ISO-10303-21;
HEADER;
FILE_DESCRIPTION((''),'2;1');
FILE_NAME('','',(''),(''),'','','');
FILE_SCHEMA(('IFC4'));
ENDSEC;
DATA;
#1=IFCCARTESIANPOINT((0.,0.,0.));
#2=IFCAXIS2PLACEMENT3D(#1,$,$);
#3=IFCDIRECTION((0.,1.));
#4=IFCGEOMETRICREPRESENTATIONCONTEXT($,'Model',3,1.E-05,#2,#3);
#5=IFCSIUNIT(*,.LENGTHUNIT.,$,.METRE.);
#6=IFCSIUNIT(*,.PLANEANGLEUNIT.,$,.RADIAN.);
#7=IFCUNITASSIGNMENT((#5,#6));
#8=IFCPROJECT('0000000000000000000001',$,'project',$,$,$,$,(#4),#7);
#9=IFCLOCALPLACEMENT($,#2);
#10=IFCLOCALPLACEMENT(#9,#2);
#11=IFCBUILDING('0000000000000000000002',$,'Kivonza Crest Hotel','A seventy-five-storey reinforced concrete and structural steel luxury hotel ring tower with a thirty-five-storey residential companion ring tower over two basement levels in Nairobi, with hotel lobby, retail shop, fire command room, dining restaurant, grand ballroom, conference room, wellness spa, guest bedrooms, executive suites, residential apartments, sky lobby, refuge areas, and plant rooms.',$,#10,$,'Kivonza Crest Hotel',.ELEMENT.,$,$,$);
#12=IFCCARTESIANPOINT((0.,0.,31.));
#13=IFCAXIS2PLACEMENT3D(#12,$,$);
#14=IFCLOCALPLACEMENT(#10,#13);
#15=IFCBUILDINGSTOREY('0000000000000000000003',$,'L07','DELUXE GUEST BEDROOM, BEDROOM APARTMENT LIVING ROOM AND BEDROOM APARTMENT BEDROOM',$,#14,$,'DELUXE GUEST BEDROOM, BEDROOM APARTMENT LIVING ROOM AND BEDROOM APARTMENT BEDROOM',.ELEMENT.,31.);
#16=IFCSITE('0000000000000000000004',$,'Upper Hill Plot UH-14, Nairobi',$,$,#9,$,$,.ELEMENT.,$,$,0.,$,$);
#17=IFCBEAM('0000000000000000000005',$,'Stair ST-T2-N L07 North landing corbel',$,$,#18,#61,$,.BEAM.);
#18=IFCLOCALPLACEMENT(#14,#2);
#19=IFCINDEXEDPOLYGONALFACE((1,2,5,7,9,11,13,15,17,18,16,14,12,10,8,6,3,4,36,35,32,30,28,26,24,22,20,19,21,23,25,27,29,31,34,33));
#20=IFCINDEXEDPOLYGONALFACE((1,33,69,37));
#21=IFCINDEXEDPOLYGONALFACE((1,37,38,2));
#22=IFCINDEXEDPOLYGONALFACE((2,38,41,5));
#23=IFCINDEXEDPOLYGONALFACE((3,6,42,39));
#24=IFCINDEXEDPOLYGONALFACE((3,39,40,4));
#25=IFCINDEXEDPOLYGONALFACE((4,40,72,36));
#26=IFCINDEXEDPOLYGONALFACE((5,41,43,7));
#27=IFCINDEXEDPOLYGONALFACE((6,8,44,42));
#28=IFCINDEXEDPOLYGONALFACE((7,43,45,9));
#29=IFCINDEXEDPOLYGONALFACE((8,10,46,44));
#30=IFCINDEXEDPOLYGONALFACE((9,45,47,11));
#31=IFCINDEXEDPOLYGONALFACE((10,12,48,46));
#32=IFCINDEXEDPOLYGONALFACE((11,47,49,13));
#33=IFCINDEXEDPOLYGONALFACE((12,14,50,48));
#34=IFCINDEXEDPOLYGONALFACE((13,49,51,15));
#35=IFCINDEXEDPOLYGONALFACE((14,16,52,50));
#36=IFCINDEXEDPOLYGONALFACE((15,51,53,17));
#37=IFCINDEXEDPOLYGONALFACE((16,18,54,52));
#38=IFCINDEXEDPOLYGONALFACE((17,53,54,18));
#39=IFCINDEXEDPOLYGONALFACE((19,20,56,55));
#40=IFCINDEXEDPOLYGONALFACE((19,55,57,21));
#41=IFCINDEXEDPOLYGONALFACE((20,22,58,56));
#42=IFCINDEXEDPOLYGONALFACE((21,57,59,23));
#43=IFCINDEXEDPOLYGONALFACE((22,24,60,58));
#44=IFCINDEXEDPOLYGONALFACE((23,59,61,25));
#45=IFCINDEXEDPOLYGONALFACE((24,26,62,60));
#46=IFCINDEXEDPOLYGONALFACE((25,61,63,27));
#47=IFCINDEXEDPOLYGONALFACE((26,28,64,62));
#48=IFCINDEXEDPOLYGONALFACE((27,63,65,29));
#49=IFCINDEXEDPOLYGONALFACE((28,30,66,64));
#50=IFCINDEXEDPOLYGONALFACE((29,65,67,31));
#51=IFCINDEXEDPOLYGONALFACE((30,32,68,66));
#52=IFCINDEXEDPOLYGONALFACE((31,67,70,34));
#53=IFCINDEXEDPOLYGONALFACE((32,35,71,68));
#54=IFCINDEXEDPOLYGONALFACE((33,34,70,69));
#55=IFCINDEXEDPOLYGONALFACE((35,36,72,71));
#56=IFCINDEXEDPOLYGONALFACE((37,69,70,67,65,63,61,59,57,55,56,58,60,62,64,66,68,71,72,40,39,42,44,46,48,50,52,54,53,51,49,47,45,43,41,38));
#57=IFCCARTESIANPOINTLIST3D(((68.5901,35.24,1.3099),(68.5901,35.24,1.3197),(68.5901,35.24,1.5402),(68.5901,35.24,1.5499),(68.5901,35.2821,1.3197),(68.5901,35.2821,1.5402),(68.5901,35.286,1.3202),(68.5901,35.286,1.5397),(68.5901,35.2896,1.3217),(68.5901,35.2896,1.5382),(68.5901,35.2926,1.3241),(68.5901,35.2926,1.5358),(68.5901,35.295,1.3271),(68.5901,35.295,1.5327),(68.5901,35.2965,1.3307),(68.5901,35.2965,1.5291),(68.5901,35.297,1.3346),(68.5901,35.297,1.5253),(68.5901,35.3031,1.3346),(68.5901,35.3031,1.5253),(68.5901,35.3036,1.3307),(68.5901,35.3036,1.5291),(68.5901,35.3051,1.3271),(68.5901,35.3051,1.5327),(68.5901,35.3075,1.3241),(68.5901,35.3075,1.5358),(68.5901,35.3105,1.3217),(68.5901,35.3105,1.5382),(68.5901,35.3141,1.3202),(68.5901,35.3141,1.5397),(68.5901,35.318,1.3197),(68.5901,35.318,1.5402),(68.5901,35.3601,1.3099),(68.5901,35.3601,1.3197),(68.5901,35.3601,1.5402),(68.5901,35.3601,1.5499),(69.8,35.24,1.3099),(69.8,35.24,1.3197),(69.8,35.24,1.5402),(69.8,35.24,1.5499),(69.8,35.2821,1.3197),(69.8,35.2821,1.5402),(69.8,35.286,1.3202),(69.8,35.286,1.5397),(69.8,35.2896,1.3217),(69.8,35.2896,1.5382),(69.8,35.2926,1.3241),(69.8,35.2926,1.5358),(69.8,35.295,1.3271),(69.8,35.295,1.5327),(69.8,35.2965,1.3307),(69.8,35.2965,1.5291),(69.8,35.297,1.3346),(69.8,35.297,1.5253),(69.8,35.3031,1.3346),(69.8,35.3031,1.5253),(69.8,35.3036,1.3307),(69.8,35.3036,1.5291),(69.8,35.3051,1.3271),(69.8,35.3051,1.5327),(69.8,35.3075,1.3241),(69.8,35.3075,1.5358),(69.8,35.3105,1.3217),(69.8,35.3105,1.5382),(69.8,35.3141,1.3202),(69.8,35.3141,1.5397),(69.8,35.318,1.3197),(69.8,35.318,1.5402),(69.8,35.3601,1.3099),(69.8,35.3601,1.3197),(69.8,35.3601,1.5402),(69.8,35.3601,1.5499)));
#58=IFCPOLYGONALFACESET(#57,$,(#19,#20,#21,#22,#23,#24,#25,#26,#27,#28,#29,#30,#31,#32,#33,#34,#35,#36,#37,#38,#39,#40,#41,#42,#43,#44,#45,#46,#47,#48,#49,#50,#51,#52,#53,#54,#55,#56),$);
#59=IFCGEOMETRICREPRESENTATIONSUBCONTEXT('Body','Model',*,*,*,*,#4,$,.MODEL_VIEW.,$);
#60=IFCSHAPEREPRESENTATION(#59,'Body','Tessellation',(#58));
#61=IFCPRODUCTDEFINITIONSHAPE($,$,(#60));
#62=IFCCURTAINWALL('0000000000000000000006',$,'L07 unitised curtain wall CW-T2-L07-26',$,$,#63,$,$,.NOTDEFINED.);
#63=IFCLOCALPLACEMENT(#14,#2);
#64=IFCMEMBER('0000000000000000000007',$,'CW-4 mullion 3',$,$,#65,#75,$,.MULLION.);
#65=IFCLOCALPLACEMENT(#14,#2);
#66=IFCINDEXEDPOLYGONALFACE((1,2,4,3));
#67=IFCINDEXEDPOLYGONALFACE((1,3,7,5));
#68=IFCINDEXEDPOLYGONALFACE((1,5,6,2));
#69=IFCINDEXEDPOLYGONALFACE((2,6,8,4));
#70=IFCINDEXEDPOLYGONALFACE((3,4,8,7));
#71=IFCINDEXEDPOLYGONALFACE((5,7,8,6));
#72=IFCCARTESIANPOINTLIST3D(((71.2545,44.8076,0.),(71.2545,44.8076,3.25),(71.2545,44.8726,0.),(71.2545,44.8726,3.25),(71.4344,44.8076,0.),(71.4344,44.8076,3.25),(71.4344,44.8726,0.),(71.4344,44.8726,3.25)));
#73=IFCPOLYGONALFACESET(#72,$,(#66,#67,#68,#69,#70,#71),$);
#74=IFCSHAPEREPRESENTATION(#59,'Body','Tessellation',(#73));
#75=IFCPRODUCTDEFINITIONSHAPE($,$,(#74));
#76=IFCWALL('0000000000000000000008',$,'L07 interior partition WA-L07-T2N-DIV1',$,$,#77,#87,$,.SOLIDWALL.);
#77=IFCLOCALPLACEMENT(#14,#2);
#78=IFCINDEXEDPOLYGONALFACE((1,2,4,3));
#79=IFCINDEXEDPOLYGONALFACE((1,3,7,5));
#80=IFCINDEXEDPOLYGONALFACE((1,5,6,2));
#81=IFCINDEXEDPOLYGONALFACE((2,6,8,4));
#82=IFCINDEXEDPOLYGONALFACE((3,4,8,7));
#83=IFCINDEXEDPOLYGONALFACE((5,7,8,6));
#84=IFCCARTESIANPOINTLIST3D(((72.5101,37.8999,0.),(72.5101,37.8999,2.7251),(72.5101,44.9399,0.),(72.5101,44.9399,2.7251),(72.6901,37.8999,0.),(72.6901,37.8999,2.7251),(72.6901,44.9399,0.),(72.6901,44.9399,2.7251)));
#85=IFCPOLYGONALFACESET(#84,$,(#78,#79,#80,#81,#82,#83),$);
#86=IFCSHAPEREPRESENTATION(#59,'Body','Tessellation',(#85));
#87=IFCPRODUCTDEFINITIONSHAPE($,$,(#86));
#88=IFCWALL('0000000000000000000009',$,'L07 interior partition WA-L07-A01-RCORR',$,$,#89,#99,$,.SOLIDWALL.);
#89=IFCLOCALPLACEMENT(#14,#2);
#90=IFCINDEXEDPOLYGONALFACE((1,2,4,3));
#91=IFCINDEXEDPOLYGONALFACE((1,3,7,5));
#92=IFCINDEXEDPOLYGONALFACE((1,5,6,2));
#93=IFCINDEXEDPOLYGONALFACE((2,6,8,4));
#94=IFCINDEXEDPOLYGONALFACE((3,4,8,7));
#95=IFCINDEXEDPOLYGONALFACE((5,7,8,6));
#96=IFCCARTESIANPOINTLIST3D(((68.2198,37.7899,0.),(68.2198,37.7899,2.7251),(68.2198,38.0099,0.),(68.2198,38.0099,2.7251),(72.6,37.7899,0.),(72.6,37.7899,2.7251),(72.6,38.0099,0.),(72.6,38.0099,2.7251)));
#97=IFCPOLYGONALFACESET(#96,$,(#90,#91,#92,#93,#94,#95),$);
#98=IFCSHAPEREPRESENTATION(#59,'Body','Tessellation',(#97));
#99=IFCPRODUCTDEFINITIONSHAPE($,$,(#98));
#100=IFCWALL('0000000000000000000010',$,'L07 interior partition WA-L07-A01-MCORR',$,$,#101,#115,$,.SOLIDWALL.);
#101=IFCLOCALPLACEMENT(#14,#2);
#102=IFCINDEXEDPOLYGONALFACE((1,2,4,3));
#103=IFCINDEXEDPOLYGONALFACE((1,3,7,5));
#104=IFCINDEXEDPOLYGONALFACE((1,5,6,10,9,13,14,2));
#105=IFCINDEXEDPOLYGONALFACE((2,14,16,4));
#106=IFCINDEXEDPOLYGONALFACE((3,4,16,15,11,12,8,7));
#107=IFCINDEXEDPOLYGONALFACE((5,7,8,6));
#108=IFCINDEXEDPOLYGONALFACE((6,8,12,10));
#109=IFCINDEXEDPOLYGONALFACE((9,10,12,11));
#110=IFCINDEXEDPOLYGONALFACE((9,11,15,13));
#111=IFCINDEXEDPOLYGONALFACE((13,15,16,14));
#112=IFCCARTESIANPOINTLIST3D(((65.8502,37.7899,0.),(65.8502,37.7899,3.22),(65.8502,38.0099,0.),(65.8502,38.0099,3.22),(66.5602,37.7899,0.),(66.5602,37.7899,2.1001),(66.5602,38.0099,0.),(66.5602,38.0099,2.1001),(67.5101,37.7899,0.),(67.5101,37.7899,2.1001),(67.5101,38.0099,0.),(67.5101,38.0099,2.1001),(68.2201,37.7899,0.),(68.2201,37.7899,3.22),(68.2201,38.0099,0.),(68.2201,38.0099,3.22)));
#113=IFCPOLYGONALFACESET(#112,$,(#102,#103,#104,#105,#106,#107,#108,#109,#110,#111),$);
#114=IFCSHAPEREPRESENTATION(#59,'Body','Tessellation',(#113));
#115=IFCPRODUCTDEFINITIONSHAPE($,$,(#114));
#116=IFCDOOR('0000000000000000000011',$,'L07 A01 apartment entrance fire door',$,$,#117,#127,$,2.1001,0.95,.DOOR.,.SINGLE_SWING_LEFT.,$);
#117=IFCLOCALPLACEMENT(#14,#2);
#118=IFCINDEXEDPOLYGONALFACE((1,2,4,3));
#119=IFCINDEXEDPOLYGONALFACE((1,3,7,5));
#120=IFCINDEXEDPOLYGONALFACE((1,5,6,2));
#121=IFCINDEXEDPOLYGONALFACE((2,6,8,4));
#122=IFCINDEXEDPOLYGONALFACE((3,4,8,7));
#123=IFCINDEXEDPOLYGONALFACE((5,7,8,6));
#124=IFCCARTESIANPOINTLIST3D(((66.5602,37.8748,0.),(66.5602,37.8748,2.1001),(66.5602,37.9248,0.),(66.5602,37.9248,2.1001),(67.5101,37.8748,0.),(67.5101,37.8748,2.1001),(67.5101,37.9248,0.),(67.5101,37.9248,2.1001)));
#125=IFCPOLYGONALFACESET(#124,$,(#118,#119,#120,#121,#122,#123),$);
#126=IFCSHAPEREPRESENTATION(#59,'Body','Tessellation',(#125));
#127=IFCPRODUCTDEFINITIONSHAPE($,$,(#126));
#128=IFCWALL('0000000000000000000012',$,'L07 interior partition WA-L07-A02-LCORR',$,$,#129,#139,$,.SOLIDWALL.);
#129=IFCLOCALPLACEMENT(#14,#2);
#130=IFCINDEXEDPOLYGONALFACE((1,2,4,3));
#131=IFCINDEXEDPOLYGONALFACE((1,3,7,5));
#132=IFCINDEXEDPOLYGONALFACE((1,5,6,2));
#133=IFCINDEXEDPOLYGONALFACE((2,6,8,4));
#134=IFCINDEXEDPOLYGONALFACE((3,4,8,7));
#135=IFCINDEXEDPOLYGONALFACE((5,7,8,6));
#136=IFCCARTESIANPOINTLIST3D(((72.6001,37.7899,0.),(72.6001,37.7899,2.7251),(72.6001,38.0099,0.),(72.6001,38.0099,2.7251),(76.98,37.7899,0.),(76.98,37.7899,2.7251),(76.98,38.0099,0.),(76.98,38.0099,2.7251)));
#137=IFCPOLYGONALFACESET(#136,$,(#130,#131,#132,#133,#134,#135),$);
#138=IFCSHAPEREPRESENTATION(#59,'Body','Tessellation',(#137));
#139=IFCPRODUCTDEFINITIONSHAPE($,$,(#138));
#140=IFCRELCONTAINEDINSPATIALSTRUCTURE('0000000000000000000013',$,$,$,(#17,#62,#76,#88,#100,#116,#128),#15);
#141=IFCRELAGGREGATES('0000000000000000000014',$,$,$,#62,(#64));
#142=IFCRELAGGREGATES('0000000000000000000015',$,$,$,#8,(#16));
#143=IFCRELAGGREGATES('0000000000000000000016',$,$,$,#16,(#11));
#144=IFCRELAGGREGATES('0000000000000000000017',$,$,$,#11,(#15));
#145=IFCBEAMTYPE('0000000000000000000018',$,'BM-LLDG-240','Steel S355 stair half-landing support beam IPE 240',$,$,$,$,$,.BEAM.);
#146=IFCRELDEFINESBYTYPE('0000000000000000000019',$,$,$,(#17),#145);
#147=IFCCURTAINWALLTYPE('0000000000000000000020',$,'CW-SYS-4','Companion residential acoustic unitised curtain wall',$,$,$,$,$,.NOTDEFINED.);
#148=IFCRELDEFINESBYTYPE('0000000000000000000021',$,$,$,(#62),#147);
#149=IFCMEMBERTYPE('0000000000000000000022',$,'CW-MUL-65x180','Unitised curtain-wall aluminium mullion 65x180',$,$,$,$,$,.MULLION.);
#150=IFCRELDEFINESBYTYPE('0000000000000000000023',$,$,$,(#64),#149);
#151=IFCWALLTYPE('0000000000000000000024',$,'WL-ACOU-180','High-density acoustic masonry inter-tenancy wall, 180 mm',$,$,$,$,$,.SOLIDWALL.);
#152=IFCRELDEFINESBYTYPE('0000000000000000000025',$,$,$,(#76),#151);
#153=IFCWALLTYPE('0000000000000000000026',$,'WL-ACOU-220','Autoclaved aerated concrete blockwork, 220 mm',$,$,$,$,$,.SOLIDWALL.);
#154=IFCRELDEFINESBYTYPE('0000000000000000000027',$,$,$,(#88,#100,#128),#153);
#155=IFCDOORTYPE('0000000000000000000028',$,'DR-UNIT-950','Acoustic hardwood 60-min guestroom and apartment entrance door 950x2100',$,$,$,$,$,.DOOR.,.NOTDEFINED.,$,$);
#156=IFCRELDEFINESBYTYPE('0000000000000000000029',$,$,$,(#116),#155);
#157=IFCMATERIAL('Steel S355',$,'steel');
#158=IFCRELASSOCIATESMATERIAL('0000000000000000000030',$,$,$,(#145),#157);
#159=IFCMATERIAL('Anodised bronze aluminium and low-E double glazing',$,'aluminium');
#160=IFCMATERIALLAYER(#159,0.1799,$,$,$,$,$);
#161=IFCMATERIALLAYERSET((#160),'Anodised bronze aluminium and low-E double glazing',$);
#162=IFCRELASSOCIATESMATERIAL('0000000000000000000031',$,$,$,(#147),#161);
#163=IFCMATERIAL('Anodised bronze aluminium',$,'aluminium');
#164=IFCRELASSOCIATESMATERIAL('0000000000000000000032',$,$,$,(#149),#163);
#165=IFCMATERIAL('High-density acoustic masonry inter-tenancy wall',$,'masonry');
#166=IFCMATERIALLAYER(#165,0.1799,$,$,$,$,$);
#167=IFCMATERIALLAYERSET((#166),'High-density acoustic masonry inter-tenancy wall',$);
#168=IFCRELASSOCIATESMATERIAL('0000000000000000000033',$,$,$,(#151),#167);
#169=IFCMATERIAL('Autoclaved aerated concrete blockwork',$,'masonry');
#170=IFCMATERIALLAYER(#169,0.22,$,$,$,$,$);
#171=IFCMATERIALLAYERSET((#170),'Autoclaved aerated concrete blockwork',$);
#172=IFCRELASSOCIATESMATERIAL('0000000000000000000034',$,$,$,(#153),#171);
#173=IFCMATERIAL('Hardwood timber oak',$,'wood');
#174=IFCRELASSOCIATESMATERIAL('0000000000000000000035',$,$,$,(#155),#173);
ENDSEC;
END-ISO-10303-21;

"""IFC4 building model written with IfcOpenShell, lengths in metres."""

from ifc_helpers import new_model, si_unit, direction, frame, frame_2d, origin, origin_2d, place, context, subcontext, project, spatial, rectangle, i_section, extrude, material, layer, layer_set, material_profile, profile_set, type_object, element, fill, aggregate, save


model = new_model("IFC4")

# Units and contexts
model_context = context("Model", 3, precision=1e-05, world=origin(), true_north=direction((0.0, 1.0)))
body_context = subcontext(model_context, "Body", "Model", "MODEL_VIEW")
ifc_project = project(units=[si_unit("LENGTHUNIT", "METRE"), si_unit("PLANEANGLEUNIT", "RADIAN")], contexts=[model_context])

# Site, building, storey
site_placement = place(None, origin())
site = spatial("IfcSite", under=ifc_project, at=site_placement, Name="Upper Hill Plot UH-14, Nairobi", CompositionType="ELEMENT", RefElevation=0.0)
building_placement = place(site_placement, origin())
building = spatial("IfcBuilding", under=site, at=building_placement, Name="Kivonza Crest Hotel", Description="A seventy-five-storey reinforced concrete and structural steel luxury hotel ring tower with a thirty-five-storey residential companion ring tower over two basement levels in Nairobi, with hotel lobby, retail shop, fire command room, dining restaurant, grand ballroom, conference room, wellness spa, guest bedrooms, executive suites, residential apartments, sky lobby, refuge areas, and plant rooms.", LongName="Kivonza Crest Hotel", CompositionType="ELEMENT")
storey_placement = place(building_placement, frame((0.0, 0.0, 31.0)))
storey = spatial("IfcBuildingStorey", under=building, at=storey_placement, Name="L07", Description="DELUXE GUEST BEDROOM, BEDROOM APARTMENT LIVING ROOM AND BEDROOM APARTMENT BEDROOM", LongName="DELUXE GUEST BEDROOM, BEDROOM APARTMENT LIVING ROOM AND BEDROOM APARTMENT BEDROOM", CompositionType="ELEMENT", Elevation=31.0)

# Beam
ifc_material_1 = material(Name="Steel S355", Category="steel")
ifc_material_profile_1 = material_profile(ifc_material_1, i_section(OverallWidth=0.1201, OverallDepth=0.24, WebThickness=0.0061, FlangeThickness=0.0098, FilletRadius=0.0149, at=origin_2d()), Name="IPE 240")
ifc_profile_set_1 = profile_set([ifc_material_profile_1], Name="Steel S355")
beam_type_1 = type_object("IfcBeamType", Name="BM-LLDG-240", Description="Steel S355 stair half-landing support beam IPE 240", PredefinedType="BEAM", material=ifc_profile_set_1)
beam_1_placement = place(storey_placement, frame((68.5901, 35.3, 1.4299), z_axis=(1.0, 0.0, 0.0), x_axis=(0.0, 1.0, 0.0)))
element("IfcBeam", 1, at=beam_1_placement, inside=storey, type_object=beam_type_1, Name="Stair ST-T2-N L07 North landing corbel", PredefinedType="BEAM", context=body_context, shape_type="SweptSolid", body=[
    extrude(i_section(OverallWidth=0.1201, OverallDepth=0.24, WebThickness=0.0061, FlangeThickness=0.0098, FilletRadius=0.0149, at=origin_2d()), origin(), (0.0, 0.0, 1.0), 1.21),
])

# Curtain wall, member
ifc_material_2 = material(Name="Anodised bronze aluminium and low-E double glazing", Category="aluminium")
ifc_layer_1 = layer(ifc_material_2, 0.1799)
ifc_layer_set_1 = layer_set([ifc_layer_1], Name="Anodised bronze aluminium and low-E double glazing")
curtain_wall_type = type_object("IfcCurtainWallType", Name="CW-SYS-4", Description="Companion residential acoustic unitised curtain wall", PredefinedType="NOTDEFINED", material=ifc_layer_set_1)
curtain_wall_placement = place(storey_placement, origin())
curtain_wall = element("IfcCurtainWall", 2, at=curtain_wall_placement, inside=storey, type_object=curtain_wall_type, Name="L07 unitised curtain wall CW-T2-L07-26", PredefinedType="NOTDEFINED")
ifc_material_3 = material(Name="Anodised bronze aluminium", Category="aluminium")
ifc_material_profile_2 = material_profile(ifc_material_3, rectangle(XDim=0.0649, YDim=0.1799, at=origin_2d()), Name="CW-M 65x180")
ifc_profile_set_2 = profile_set([ifc_material_profile_2], Name="Anodised bronze aluminium")
member_type = type_object("IfcMemberType", Name="CW-MUL-65x180", Description="Unitised curtain-wall aluminium mullion 65x180", PredefinedType="MULLION", material=ifc_profile_set_2)
member_placement = place(storey_placement, frame((71.3445, 44.8401, 0.0), z_axis=(0.0, 0.0, 1.0), x_axis=(0.0, -1.0, 0.0)))
member = element("IfcMember", 3, at=member_placement, type_object=member_type, Name="CW-4 mullion 3", PredefinedType="MULLION", context=body_context, shape_type="SweptSolid", body=[
    extrude(rectangle(XDim=0.0649, YDim=0.1799, at=origin_2d()), origin(), (0.0, 0.0, 1.0), 3.25),
])
aggregate(curtain_wall, [member])

# Walls
ifc_material_4 = material(Name="High-density acoustic masonry inter-tenancy wall", Category="masonry")
ifc_layer_2 = layer(ifc_material_4, 0.1799)
ifc_layer_set_2 = layer_set([ifc_layer_2], Name="High-density acoustic masonry inter-tenancy wall")
wall_type_1 = type_object("IfcWallType", Name="WL-ACOU-180", Description="High-density acoustic masonry inter-tenancy wall, 180 mm", PredefinedType="SOLIDWALL", material=ifc_layer_set_2)
wall_1_placement = place(storey_placement, frame((72.6001, 37.8999, 0.0), z_axis=(0.0, 0.0, 1.0), x_axis=(0.0, 1.0, 0.0)))
element("IfcWall", 4, at=wall_1_placement, inside=storey, type_object=wall_type_1, Name="L07 interior partition WA-L07-T2N-DIV1", PredefinedType="SOLIDWALL", context=body_context, shape_type="SweptSolid", body=[
    extrude(rectangle(XDim=7.04, YDim=0.1799, at=frame_2d((3.52, 0.0))), origin(), (0.0, 0.0, 1.0), 2.7251),
])
ifc_material_5 = material(Name="Autoclaved aerated concrete blockwork", Category="masonry")
ifc_layer_3 = layer(ifc_material_5, 0.22)
ifc_layer_set_3 = layer_set([ifc_layer_3], Name="Autoclaved aerated concrete blockwork")
wall_type_2 = type_object("IfcWallType", Name="WL-ACOU-220", Description="Autoclaved aerated concrete blockwork, 220 mm", PredefinedType="SOLIDWALL", material=ifc_layer_set_3)
wall_2_placement = place(storey_placement, frame((68.22, 37.8999, 0.0), z_axis=(0.0, 0.0, 1.0), x_axis=(1.0, 0.0, 0.0)))
element("IfcWall", 5, at=wall_2_placement, inside=storey, type_object=wall_type_2, Name="L07 interior partition WA-L07-A01-RCORR", PredefinedType="SOLIDWALL", context=body_context, shape_type="SweptSolid", body=[
    extrude(rectangle(XDim=4.3801, YDim=0.22, at=frame_2d((2.1899, 0.0))), origin(), (0.0, 0.0, 1.0), 2.7251),
])

# Wall, opening, door
wall_3_placement = place(storey_placement, frame((65.8501, 37.8999, 0.0), z_axis=(0.0, 0.0, 1.0), x_axis=(1.0, 0.0, 0.0)))
wall_3 = element("IfcWall", 6, at=wall_3_placement, inside=storey, type_object=wall_type_2, Name="L07 interior partition WA-L07-A01-MCORR", PredefinedType="SOLIDWALL", context=body_context, shape_type="SweptSolid", body=[
    extrude(rectangle(XDim=2.3699, YDim=0.22, at=frame_2d((1.1851, 0.0))), origin(), (0.0, 0.0, 1.0), 3.22),
])
opening_1_placement = place(wall_3_placement, frame((0.71, 0.0, 0.0)))
opening_1 = element("IfcOpeningElement", 7, at=opening_1_placement, cuts=wall_3, PredefinedType="OPENING", context=body_context, shape_type="SweptSolid", body=[
    extrude(rectangle(XDim=0.95, YDim=2.1001, at=frame_2d((0.4751, 1.05))), frame((0.0, 0.1201, 0.0), z_axis=(0.0, -1.0, 0.0), x_axis=(1.0, 0.0, 0.0)), (0.0, 0.0, 1.0), 0.24),
])
ifc_material_6 = material(Name="Hardwood timber oak", Category="wood")
door_type_1 = type_object("IfcDoorType", Name="DR-UNIT-950", Description="Acoustic hardwood 60-min guestroom and apartment entrance door 950x2100", OperationType="NOTDEFINED", PredefinedType="DOOR", material=ifc_material_6)
door_1_placement = place(opening_1_placement, origin())
door_1 = element("IfcDoor", 8, at=door_1_placement, inside=storey, type_object=door_type_1, Name="L07 A01 apartment entrance fire door", OperationType="SINGLE_SWING_LEFT", OverallHeight=2.1001, OverallWidth=0.95, PredefinedType="DOOR", context=body_context, shape_type="SweptSolid", body=[
    extrude(rectangle(XDim=0.95, YDim=2.1001, at=frame_2d((0.4751, 1.05))), frame((0.0, 0.0249, 0.0), z_axis=(0.0, -1.0, 0.0), x_axis=(1.0, 0.0, 0.0)), (0.0, 0.0, 1.0), 0.05),
])
fill(opening_1, door_1)

# Wall
wall_4_placement = place(storey_placement, frame((72.6001, 37.8999, 0.0), z_axis=(0.0, 0.0, 1.0), x_axis=(1.0, 0.0, 0.0)))
element("IfcWall", 9, at=wall_4_placement, inside=storey, type_object=wall_type_2, Name="L07 interior partition WA-L07-A02-LCORR", PredefinedType="SOLIDWALL", context=body_context, shape_type="SweptSolid", body=[
    extrude(rectangle(XDim=4.3799, YDim=0.22, at=frame_2d((2.1899, 0.0))), origin(), (0.0, 0.0, 1.0), 2.7251),
])

save(model, "model.ifc")
